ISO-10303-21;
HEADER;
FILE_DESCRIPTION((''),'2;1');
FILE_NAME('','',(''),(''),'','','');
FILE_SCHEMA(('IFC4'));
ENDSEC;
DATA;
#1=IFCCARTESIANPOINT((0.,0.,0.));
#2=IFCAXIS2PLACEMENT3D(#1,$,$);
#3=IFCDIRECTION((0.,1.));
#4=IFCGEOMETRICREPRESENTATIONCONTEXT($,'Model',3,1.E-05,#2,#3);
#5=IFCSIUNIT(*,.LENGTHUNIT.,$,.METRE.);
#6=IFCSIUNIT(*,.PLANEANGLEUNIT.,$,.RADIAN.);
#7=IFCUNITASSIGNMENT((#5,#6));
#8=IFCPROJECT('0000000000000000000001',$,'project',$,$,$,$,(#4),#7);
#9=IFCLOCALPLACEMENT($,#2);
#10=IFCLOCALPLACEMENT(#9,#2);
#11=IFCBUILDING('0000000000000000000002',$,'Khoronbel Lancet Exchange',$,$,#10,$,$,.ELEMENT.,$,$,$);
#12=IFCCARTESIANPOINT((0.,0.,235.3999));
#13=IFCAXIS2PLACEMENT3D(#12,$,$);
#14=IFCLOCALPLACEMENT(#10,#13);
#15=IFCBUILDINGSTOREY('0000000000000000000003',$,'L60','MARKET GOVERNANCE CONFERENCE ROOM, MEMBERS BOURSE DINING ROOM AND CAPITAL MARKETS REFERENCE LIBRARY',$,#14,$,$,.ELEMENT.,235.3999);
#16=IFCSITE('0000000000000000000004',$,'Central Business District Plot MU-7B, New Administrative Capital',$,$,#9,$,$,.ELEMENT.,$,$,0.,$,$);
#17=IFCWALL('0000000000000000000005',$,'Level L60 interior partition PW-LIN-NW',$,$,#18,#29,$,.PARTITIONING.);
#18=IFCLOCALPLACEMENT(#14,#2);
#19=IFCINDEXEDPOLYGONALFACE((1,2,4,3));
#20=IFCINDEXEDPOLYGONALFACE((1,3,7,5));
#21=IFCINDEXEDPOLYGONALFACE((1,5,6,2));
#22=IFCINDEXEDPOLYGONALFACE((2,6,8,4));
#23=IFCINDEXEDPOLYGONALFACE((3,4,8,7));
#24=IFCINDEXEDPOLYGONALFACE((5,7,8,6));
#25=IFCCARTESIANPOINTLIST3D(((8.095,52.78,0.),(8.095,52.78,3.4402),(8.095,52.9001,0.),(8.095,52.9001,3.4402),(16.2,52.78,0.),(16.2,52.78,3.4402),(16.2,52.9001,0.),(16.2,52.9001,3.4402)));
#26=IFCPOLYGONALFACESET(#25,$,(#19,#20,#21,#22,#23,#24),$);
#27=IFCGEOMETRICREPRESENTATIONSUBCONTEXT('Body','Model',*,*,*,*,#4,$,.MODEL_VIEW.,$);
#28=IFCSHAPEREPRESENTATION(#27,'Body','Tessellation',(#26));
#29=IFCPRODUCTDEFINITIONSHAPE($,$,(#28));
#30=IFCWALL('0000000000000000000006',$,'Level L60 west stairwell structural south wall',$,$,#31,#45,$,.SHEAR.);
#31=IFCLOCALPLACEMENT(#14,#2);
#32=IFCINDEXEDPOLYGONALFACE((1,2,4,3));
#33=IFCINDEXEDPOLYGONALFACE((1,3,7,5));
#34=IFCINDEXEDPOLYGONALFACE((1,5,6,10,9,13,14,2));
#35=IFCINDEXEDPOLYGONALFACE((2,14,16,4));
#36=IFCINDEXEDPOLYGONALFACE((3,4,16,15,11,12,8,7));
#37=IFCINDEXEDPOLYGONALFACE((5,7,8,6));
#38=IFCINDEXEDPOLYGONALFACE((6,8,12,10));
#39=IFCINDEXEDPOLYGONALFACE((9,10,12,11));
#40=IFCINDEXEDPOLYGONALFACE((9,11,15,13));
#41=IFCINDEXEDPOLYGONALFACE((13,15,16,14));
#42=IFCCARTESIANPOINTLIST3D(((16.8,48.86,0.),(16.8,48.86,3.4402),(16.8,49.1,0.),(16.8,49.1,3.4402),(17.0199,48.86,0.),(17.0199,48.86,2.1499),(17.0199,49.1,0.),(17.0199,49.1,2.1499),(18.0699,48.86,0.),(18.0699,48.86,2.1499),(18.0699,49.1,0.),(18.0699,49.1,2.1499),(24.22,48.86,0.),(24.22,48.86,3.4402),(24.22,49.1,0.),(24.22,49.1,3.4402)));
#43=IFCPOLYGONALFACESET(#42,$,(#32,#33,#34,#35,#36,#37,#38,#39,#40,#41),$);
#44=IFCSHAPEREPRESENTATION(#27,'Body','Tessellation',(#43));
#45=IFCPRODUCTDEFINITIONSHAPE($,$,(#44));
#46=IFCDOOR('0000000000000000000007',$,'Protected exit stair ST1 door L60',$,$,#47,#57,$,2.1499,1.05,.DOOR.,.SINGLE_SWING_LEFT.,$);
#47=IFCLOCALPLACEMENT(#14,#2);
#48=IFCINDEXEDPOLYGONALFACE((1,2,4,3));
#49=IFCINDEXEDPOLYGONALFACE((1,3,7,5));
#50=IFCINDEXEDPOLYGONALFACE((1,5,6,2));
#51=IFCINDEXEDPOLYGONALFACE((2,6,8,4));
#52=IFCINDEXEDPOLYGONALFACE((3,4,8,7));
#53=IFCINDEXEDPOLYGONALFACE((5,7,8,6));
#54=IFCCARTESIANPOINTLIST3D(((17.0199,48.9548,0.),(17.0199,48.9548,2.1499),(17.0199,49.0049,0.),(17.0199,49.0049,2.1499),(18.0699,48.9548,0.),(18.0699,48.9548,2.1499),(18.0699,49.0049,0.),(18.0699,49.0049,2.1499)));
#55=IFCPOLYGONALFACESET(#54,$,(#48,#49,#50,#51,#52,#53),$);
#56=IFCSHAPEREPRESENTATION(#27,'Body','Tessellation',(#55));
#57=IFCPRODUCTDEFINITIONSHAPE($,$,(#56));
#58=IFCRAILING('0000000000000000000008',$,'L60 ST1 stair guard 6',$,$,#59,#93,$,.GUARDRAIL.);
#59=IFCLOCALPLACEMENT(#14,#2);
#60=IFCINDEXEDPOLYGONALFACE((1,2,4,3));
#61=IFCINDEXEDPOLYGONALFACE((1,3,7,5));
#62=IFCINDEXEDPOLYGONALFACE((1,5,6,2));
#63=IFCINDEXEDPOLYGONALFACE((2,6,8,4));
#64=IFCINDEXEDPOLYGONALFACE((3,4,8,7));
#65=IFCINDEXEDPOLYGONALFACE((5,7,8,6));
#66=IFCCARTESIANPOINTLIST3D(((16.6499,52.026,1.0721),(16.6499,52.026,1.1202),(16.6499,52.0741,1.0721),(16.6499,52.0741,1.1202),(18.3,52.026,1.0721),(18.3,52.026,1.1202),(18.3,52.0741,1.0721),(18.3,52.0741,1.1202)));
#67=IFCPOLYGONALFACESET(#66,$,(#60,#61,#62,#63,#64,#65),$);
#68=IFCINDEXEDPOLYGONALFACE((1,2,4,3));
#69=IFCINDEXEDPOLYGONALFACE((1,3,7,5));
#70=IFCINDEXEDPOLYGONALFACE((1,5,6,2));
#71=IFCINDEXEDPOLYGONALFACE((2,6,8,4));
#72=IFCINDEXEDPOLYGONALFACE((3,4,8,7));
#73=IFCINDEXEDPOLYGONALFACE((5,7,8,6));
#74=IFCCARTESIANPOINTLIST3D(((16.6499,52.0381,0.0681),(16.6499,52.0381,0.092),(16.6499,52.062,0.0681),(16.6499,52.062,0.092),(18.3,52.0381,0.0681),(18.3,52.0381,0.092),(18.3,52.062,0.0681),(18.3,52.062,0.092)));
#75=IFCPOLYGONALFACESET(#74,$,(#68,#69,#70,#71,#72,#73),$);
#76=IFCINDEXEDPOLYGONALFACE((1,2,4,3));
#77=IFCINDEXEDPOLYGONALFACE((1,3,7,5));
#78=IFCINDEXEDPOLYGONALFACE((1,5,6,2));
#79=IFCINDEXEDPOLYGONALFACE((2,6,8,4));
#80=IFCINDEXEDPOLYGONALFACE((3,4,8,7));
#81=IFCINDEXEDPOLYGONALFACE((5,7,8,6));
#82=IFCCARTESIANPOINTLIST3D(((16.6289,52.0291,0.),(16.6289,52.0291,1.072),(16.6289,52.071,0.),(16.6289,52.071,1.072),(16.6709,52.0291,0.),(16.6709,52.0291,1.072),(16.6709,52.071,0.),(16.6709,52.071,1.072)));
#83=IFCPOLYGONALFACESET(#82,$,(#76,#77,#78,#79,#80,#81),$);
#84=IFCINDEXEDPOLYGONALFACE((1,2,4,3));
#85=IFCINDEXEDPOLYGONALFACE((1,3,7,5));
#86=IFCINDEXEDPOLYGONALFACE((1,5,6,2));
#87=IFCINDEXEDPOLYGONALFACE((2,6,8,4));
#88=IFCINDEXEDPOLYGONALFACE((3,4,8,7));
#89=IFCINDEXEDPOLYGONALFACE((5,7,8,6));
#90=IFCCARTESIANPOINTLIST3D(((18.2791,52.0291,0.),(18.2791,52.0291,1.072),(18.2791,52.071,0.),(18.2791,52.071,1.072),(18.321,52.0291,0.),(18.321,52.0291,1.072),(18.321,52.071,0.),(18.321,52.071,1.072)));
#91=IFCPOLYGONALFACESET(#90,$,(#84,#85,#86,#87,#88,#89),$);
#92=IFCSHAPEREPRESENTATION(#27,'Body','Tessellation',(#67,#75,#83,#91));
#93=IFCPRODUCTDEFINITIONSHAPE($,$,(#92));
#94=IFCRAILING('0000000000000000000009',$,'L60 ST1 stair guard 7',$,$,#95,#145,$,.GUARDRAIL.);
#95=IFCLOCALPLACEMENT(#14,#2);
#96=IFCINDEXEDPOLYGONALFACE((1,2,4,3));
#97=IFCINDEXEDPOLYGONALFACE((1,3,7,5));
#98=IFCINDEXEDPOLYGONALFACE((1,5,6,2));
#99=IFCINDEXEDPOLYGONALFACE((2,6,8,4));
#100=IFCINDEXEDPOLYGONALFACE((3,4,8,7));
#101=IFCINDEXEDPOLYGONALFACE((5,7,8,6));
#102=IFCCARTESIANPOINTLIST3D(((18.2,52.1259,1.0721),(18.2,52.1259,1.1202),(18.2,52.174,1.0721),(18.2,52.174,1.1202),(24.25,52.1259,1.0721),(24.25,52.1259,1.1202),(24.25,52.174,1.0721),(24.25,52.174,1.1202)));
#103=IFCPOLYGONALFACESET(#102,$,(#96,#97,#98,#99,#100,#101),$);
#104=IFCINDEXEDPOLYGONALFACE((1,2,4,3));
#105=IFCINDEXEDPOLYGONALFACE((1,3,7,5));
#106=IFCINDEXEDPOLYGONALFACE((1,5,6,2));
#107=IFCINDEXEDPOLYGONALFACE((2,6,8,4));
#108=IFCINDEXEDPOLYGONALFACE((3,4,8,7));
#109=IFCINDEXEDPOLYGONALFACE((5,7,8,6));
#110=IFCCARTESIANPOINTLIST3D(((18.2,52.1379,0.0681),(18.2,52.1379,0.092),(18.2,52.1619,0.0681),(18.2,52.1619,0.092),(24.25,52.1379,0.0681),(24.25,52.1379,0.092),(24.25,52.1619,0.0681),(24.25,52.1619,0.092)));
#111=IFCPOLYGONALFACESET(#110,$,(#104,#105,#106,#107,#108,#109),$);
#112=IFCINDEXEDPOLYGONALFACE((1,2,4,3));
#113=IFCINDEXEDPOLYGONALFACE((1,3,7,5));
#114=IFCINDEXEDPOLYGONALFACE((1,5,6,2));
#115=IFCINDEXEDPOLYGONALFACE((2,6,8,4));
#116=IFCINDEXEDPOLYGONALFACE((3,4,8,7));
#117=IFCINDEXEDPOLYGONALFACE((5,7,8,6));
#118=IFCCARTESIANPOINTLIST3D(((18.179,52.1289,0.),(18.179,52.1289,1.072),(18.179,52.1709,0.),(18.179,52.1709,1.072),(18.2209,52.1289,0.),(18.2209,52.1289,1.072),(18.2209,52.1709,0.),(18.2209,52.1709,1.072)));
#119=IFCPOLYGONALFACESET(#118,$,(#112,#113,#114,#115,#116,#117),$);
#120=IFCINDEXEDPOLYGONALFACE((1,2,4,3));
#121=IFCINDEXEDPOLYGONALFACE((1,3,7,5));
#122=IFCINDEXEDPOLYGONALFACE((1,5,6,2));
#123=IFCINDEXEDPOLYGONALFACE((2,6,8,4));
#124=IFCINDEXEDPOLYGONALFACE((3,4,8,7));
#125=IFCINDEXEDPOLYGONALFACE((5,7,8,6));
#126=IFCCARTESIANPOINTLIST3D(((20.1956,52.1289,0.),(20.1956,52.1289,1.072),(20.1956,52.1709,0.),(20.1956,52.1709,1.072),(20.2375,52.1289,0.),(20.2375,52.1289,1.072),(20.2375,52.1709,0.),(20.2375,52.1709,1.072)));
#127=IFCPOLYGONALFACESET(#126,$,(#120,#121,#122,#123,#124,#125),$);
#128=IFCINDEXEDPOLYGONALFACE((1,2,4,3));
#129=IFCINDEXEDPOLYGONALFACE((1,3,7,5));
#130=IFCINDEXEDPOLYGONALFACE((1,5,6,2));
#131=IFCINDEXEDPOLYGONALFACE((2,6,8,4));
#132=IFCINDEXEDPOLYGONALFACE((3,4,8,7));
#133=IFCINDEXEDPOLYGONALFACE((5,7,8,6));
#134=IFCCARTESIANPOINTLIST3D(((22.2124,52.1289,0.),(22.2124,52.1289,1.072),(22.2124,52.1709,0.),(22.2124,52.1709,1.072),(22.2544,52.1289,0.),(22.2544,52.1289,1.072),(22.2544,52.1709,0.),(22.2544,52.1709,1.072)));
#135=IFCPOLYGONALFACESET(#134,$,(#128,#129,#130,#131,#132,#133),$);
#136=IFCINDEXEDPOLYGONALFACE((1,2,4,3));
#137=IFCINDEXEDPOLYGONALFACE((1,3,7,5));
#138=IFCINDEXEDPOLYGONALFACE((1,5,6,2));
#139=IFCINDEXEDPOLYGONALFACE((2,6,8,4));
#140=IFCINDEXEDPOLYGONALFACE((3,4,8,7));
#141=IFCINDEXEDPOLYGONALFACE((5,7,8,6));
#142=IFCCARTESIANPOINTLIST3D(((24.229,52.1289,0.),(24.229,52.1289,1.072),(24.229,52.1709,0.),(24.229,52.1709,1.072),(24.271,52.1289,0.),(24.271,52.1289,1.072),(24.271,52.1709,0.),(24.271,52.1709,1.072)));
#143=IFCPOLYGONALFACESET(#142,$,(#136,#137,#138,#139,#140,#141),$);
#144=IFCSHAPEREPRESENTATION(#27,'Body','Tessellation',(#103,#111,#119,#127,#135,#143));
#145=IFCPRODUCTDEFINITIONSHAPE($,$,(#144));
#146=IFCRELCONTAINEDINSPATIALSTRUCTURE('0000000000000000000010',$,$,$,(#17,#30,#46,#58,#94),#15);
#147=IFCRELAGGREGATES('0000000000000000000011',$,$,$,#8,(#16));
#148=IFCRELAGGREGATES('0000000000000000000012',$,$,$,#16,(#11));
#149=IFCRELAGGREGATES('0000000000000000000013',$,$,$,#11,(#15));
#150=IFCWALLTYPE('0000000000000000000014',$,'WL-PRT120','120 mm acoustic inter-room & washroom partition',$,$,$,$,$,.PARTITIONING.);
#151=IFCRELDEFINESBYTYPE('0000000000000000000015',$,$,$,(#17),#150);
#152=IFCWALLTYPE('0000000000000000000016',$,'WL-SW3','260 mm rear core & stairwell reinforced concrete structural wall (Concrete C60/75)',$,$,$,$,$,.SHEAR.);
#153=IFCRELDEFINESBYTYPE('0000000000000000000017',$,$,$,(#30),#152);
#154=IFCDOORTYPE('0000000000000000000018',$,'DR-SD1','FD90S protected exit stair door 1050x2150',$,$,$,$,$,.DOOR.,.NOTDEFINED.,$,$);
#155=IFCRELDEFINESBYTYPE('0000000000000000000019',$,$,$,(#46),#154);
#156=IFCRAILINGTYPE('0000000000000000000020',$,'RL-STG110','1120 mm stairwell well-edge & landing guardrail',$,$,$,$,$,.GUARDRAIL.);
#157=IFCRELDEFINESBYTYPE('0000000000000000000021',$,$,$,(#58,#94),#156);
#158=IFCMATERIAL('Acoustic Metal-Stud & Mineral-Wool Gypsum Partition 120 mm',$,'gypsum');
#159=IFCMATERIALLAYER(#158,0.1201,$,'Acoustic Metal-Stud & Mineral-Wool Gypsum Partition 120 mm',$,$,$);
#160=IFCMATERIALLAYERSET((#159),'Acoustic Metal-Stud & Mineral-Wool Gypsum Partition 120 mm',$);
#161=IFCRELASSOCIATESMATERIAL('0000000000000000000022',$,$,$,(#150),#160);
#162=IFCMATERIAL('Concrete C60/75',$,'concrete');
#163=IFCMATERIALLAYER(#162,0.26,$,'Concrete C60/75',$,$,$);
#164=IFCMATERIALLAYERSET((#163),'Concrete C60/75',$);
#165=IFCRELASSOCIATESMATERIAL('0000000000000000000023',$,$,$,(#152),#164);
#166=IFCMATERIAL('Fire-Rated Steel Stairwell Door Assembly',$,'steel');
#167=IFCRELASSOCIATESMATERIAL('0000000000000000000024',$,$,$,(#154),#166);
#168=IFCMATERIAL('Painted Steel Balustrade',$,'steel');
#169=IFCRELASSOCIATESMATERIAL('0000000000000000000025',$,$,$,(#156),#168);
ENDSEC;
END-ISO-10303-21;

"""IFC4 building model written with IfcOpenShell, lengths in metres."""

from ifc_helpers import new_model, si_unit, direction, frame, frame_2d, origin, origin_2d, place, context, subcontext, project, spatial, rectangle, extrude, material, layer, layer_set, type_object, element, fill, save


model = new_model("IFC4")

# Units and contexts
model_context = context("Model", 3, precision=1e-05, world=origin(), true_north=direction((0.0, 1.0)))
body_context = subcontext(model_context, "Body", "Model", "MODEL_VIEW")
ifc_project = project(units=[si_unit("LENGTHUNIT", "METRE"), si_unit("PLANEANGLEUNIT", "RADIAN")], contexts=[model_context])

# Site, building, storey
site_placement = place(None, origin())
site = spatial("IfcSite", under=ifc_project, at=site_placement, Name="Central Business District Plot MU-7B, New Administrative Capital", CompositionType="ELEMENT", RefElevation=0.0)
building_placement = place(site_placement, origin())
building = spatial("IfcBuilding", under=site, at=building_placement, Name="Khoronbel Lancet Exchange", CompositionType="ELEMENT")
storey_placement = place(building_placement, frame((0.0, 0.0, 235.3999)))
storey = spatial("IfcBuildingStorey", under=building, at=storey_placement, Name="L60", Description="MARKET GOVERNANCE CONFERENCE ROOM, MEMBERS BOURSE DINING ROOM AND CAPITAL MARKETS REFERENCE LIBRARY", CompositionType="ELEMENT", Elevation=235.3999)

# Wall
ifc_material_1 = material(Name="Concrete C60/75", Category="concrete")
ifc_material_2 = material(Name="Acoustic Metal-Stud & Mineral-Wool Gypsum Partition 120 mm", Category="gypsum")
ifc_layer_1 = layer(ifc_material_2, 0.1201, Name="Acoustic Metal-Stud & Mineral-Wool Gypsum Partition 120 mm")
ifc_layer_set_1 = layer_set([ifc_layer_1], Name="Acoustic Metal-Stud & Mineral-Wool Gypsum Partition 120 mm")
wall_type_1 = type_object("IfcWallType", Name="WL-PRT120", Description="120 mm acoustic inter-room & washroom partition", PredefinedType="PARTITIONING", material=ifc_layer_set_1)
wall_1_placement = place(storey_placement, frame((8.095, 52.8401, 0.0), z_axis=(0.0, 0.0, 1.0), x_axis=(1.0, 0.0, 0.0)))
element("IfcWall", 1, at=wall_1_placement, inside=storey, type_object=wall_type_1, Name="Level L60 interior partition PW-LIN-NW", PredefinedType="PARTITIONING", context=body_context, shape_type="SweptSolid", body=[
    extrude(rectangle(XDim=8.105, YDim=0.1201, at=frame_2d((4.0525, 0.0))), origin(), (0.0, 0.0, 1.0), 3.4402),
])

# Wall, opening, door
ifc_layer_2 = layer(ifc_material_1, 0.26, Name="Concrete C60/75")
ifc_layer_set_2 = layer_set([ifc_layer_2], Name="Concrete C60/75")
wall_type_2 = type_object("IfcWallType", Name="WL-SW3", Description="260 mm rear core & stairwell reinforced concrete structural wall (Concrete C60/75)", PredefinedType="SHEAR", material=ifc_layer_set_2)
wall_2_placement = place(storey_placement, frame((16.8, 48.98, 0.0), z_axis=(0.0, 0.0, 1.0), x_axis=(1.0, 0.0, 0.0)))
wall_2 = element("IfcWall", 2, at=wall_2_placement, inside=storey, type_object=wall_type_2, Name="Level L60 west stairwell structural south wall", PredefinedType="SHEAR", context=body_context, shape_type="SweptSolid", body=[
    extrude(rectangle(XDim=7.4199, YDim=0.24, at=frame_2d((3.71, 0.0))), origin(), (0.0, 0.0, 1.0), 3.4402),
])
opening_placement = place(wall_2_placement, frame((0.22, 0.0, 0.0)))
opening = element("IfcOpeningElement", 3, at=opening_placement, cuts=wall_2, PredefinedType="OPENING", context=body_context, shape_type="SweptSolid", body=[
    extrude(rectangle(XDim=1.05, YDim=2.1499, at=frame_2d((0.5249, 1.075))), frame((0.0, 0.1299, 0.0), z_axis=(0.0, -1.0, 0.0), x_axis=(1.0, 0.0, 0.0)), (0.0, 0.0, 1.0), 0.26),
])
ifc_material_3 = material(Name="Fire-Rated Steel Stairwell Door Assembly", Category="steel")
door_type = type_object("IfcDoorType", Name="DR-SD1", Description="FD90S protected exit stair door 1050x2150", OperationType="NOTDEFINED", PredefinedType="DOOR", material=ifc_material_3)
door_placement = place(opening_placement, origin())
door = element("IfcDoor", 4, at=door_placement, inside=storey, type_object=door_type, Name="Protected exit stair ST1 door L60", OperationType="SINGLE_SWING_LEFT", OverallHeight=2.1499, OverallWidth=1.05, PredefinedType="DOOR", context=body_context, shape_type="SweptSolid", body=[
    extrude(rectangle(XDim=1.05, YDim=2.1499, at=frame_2d((0.5249, 1.075))), frame((0.0, 0.0249, 0.0), z_axis=(0.0, -1.0, 0.0), x_axis=(1.0, 0.0, 0.0)), (0.0, 0.0, 1.0), 0.05),
])
fill(opening, door)

# Railings
ifc_material_4 = material(Name="Painted Steel Balustrade", Category="steel")
railing_type = type_object("IfcRailingType", Name="RL-STG110", Description="1120 mm stairwell well-edge & landing guardrail", PredefinedType="GUARDRAIL", material=ifc_material_4)
railing_1_placement = place(storey_placement, frame((16.6499, 52.05, 0.0)))
element("IfcRailing", 5, at=railing_1_placement, inside=storey, type_object=railing_type, Name="L60 ST1 stair guard 6", PredefinedType="GUARDRAIL", context=body_context, shape_type="SweptSolid", body=[
    extrude(rectangle(XDim=0.0481, YDim=0.0481, at=origin_2d()), frame((0.0, 0.0, 1.0962), z_axis=(1.0, 0.0, 0.0), x_axis=(0.0, 1.0, 0.0)), (0.0, 0.0, 1.0), 1.6501),
    extrude(rectangle(XDim=0.0239, YDim=0.0239, at=origin_2d()), frame((0.0, 0.0, 0.0801), z_axis=(1.0, 0.0, 0.0), x_axis=(0.0, 1.0, 0.0)), (0.0, 0.0, 1.0), 1.6501),
    extrude(rectangle(XDim=0.042, YDim=0.042, at=origin_2d()), origin(), (0.0, 0.0, 1.0), 1.072),
    extrude(rectangle(XDim=0.042, YDim=0.042, at=origin_2d()), frame((1.6501, 0.0, 0.0)), (0.0, 0.0, 1.0), 1.072),
])
railing_2_placement = place(storey_placement, frame((18.2, 52.1499, 0.0)))
element("IfcRailing", 6, at=railing_2_placement, inside=storey, type_object=railing_type, Name="L60 ST1 stair guard 7", PredefinedType="GUARDRAIL", context=body_context, shape_type="SweptSolid", body=[
    extrude(rectangle(XDim=0.0481, YDim=0.0481, at=origin_2d()), frame((0.0, 0.0, 1.0962), z_axis=(1.0, 0.0, 0.0), x_axis=(0.0, 1.0, 0.0)), (0.0, 0.0, 1.0), 6.05),
    extrude(rectangle(XDim=0.0239, YDim=0.0239, at=origin_2d()), frame((0.0, 0.0, 0.0801), z_axis=(1.0, 0.0, 0.0), x_axis=(0.0, 1.0, 0.0)), (0.0, 0.0, 1.0), 6.05),
    extrude(rectangle(XDim=0.042, YDim=0.042, at=origin_2d()), origin(), (0.0, 0.0, 1.0), 1.072),
    extrude(rectangle(XDim=0.042, YDim=0.042, at=origin_2d()), frame((2.0166, 0.0, 0.0)), (0.0, 0.0, 1.0), 1.072),
    extrude(rectangle(XDim=0.042, YDim=0.042, at=origin_2d()), frame((4.0334, 0.0, 0.0)), (0.0, 0.0, 1.0), 1.072),
    extrude(rectangle(XDim=0.042, YDim=0.042, at=origin_2d()), frame((6.05, 0.0, 0.0)), (0.0, 0.0, 1.0), 1.072),
])

save(model, "model.ifc")
